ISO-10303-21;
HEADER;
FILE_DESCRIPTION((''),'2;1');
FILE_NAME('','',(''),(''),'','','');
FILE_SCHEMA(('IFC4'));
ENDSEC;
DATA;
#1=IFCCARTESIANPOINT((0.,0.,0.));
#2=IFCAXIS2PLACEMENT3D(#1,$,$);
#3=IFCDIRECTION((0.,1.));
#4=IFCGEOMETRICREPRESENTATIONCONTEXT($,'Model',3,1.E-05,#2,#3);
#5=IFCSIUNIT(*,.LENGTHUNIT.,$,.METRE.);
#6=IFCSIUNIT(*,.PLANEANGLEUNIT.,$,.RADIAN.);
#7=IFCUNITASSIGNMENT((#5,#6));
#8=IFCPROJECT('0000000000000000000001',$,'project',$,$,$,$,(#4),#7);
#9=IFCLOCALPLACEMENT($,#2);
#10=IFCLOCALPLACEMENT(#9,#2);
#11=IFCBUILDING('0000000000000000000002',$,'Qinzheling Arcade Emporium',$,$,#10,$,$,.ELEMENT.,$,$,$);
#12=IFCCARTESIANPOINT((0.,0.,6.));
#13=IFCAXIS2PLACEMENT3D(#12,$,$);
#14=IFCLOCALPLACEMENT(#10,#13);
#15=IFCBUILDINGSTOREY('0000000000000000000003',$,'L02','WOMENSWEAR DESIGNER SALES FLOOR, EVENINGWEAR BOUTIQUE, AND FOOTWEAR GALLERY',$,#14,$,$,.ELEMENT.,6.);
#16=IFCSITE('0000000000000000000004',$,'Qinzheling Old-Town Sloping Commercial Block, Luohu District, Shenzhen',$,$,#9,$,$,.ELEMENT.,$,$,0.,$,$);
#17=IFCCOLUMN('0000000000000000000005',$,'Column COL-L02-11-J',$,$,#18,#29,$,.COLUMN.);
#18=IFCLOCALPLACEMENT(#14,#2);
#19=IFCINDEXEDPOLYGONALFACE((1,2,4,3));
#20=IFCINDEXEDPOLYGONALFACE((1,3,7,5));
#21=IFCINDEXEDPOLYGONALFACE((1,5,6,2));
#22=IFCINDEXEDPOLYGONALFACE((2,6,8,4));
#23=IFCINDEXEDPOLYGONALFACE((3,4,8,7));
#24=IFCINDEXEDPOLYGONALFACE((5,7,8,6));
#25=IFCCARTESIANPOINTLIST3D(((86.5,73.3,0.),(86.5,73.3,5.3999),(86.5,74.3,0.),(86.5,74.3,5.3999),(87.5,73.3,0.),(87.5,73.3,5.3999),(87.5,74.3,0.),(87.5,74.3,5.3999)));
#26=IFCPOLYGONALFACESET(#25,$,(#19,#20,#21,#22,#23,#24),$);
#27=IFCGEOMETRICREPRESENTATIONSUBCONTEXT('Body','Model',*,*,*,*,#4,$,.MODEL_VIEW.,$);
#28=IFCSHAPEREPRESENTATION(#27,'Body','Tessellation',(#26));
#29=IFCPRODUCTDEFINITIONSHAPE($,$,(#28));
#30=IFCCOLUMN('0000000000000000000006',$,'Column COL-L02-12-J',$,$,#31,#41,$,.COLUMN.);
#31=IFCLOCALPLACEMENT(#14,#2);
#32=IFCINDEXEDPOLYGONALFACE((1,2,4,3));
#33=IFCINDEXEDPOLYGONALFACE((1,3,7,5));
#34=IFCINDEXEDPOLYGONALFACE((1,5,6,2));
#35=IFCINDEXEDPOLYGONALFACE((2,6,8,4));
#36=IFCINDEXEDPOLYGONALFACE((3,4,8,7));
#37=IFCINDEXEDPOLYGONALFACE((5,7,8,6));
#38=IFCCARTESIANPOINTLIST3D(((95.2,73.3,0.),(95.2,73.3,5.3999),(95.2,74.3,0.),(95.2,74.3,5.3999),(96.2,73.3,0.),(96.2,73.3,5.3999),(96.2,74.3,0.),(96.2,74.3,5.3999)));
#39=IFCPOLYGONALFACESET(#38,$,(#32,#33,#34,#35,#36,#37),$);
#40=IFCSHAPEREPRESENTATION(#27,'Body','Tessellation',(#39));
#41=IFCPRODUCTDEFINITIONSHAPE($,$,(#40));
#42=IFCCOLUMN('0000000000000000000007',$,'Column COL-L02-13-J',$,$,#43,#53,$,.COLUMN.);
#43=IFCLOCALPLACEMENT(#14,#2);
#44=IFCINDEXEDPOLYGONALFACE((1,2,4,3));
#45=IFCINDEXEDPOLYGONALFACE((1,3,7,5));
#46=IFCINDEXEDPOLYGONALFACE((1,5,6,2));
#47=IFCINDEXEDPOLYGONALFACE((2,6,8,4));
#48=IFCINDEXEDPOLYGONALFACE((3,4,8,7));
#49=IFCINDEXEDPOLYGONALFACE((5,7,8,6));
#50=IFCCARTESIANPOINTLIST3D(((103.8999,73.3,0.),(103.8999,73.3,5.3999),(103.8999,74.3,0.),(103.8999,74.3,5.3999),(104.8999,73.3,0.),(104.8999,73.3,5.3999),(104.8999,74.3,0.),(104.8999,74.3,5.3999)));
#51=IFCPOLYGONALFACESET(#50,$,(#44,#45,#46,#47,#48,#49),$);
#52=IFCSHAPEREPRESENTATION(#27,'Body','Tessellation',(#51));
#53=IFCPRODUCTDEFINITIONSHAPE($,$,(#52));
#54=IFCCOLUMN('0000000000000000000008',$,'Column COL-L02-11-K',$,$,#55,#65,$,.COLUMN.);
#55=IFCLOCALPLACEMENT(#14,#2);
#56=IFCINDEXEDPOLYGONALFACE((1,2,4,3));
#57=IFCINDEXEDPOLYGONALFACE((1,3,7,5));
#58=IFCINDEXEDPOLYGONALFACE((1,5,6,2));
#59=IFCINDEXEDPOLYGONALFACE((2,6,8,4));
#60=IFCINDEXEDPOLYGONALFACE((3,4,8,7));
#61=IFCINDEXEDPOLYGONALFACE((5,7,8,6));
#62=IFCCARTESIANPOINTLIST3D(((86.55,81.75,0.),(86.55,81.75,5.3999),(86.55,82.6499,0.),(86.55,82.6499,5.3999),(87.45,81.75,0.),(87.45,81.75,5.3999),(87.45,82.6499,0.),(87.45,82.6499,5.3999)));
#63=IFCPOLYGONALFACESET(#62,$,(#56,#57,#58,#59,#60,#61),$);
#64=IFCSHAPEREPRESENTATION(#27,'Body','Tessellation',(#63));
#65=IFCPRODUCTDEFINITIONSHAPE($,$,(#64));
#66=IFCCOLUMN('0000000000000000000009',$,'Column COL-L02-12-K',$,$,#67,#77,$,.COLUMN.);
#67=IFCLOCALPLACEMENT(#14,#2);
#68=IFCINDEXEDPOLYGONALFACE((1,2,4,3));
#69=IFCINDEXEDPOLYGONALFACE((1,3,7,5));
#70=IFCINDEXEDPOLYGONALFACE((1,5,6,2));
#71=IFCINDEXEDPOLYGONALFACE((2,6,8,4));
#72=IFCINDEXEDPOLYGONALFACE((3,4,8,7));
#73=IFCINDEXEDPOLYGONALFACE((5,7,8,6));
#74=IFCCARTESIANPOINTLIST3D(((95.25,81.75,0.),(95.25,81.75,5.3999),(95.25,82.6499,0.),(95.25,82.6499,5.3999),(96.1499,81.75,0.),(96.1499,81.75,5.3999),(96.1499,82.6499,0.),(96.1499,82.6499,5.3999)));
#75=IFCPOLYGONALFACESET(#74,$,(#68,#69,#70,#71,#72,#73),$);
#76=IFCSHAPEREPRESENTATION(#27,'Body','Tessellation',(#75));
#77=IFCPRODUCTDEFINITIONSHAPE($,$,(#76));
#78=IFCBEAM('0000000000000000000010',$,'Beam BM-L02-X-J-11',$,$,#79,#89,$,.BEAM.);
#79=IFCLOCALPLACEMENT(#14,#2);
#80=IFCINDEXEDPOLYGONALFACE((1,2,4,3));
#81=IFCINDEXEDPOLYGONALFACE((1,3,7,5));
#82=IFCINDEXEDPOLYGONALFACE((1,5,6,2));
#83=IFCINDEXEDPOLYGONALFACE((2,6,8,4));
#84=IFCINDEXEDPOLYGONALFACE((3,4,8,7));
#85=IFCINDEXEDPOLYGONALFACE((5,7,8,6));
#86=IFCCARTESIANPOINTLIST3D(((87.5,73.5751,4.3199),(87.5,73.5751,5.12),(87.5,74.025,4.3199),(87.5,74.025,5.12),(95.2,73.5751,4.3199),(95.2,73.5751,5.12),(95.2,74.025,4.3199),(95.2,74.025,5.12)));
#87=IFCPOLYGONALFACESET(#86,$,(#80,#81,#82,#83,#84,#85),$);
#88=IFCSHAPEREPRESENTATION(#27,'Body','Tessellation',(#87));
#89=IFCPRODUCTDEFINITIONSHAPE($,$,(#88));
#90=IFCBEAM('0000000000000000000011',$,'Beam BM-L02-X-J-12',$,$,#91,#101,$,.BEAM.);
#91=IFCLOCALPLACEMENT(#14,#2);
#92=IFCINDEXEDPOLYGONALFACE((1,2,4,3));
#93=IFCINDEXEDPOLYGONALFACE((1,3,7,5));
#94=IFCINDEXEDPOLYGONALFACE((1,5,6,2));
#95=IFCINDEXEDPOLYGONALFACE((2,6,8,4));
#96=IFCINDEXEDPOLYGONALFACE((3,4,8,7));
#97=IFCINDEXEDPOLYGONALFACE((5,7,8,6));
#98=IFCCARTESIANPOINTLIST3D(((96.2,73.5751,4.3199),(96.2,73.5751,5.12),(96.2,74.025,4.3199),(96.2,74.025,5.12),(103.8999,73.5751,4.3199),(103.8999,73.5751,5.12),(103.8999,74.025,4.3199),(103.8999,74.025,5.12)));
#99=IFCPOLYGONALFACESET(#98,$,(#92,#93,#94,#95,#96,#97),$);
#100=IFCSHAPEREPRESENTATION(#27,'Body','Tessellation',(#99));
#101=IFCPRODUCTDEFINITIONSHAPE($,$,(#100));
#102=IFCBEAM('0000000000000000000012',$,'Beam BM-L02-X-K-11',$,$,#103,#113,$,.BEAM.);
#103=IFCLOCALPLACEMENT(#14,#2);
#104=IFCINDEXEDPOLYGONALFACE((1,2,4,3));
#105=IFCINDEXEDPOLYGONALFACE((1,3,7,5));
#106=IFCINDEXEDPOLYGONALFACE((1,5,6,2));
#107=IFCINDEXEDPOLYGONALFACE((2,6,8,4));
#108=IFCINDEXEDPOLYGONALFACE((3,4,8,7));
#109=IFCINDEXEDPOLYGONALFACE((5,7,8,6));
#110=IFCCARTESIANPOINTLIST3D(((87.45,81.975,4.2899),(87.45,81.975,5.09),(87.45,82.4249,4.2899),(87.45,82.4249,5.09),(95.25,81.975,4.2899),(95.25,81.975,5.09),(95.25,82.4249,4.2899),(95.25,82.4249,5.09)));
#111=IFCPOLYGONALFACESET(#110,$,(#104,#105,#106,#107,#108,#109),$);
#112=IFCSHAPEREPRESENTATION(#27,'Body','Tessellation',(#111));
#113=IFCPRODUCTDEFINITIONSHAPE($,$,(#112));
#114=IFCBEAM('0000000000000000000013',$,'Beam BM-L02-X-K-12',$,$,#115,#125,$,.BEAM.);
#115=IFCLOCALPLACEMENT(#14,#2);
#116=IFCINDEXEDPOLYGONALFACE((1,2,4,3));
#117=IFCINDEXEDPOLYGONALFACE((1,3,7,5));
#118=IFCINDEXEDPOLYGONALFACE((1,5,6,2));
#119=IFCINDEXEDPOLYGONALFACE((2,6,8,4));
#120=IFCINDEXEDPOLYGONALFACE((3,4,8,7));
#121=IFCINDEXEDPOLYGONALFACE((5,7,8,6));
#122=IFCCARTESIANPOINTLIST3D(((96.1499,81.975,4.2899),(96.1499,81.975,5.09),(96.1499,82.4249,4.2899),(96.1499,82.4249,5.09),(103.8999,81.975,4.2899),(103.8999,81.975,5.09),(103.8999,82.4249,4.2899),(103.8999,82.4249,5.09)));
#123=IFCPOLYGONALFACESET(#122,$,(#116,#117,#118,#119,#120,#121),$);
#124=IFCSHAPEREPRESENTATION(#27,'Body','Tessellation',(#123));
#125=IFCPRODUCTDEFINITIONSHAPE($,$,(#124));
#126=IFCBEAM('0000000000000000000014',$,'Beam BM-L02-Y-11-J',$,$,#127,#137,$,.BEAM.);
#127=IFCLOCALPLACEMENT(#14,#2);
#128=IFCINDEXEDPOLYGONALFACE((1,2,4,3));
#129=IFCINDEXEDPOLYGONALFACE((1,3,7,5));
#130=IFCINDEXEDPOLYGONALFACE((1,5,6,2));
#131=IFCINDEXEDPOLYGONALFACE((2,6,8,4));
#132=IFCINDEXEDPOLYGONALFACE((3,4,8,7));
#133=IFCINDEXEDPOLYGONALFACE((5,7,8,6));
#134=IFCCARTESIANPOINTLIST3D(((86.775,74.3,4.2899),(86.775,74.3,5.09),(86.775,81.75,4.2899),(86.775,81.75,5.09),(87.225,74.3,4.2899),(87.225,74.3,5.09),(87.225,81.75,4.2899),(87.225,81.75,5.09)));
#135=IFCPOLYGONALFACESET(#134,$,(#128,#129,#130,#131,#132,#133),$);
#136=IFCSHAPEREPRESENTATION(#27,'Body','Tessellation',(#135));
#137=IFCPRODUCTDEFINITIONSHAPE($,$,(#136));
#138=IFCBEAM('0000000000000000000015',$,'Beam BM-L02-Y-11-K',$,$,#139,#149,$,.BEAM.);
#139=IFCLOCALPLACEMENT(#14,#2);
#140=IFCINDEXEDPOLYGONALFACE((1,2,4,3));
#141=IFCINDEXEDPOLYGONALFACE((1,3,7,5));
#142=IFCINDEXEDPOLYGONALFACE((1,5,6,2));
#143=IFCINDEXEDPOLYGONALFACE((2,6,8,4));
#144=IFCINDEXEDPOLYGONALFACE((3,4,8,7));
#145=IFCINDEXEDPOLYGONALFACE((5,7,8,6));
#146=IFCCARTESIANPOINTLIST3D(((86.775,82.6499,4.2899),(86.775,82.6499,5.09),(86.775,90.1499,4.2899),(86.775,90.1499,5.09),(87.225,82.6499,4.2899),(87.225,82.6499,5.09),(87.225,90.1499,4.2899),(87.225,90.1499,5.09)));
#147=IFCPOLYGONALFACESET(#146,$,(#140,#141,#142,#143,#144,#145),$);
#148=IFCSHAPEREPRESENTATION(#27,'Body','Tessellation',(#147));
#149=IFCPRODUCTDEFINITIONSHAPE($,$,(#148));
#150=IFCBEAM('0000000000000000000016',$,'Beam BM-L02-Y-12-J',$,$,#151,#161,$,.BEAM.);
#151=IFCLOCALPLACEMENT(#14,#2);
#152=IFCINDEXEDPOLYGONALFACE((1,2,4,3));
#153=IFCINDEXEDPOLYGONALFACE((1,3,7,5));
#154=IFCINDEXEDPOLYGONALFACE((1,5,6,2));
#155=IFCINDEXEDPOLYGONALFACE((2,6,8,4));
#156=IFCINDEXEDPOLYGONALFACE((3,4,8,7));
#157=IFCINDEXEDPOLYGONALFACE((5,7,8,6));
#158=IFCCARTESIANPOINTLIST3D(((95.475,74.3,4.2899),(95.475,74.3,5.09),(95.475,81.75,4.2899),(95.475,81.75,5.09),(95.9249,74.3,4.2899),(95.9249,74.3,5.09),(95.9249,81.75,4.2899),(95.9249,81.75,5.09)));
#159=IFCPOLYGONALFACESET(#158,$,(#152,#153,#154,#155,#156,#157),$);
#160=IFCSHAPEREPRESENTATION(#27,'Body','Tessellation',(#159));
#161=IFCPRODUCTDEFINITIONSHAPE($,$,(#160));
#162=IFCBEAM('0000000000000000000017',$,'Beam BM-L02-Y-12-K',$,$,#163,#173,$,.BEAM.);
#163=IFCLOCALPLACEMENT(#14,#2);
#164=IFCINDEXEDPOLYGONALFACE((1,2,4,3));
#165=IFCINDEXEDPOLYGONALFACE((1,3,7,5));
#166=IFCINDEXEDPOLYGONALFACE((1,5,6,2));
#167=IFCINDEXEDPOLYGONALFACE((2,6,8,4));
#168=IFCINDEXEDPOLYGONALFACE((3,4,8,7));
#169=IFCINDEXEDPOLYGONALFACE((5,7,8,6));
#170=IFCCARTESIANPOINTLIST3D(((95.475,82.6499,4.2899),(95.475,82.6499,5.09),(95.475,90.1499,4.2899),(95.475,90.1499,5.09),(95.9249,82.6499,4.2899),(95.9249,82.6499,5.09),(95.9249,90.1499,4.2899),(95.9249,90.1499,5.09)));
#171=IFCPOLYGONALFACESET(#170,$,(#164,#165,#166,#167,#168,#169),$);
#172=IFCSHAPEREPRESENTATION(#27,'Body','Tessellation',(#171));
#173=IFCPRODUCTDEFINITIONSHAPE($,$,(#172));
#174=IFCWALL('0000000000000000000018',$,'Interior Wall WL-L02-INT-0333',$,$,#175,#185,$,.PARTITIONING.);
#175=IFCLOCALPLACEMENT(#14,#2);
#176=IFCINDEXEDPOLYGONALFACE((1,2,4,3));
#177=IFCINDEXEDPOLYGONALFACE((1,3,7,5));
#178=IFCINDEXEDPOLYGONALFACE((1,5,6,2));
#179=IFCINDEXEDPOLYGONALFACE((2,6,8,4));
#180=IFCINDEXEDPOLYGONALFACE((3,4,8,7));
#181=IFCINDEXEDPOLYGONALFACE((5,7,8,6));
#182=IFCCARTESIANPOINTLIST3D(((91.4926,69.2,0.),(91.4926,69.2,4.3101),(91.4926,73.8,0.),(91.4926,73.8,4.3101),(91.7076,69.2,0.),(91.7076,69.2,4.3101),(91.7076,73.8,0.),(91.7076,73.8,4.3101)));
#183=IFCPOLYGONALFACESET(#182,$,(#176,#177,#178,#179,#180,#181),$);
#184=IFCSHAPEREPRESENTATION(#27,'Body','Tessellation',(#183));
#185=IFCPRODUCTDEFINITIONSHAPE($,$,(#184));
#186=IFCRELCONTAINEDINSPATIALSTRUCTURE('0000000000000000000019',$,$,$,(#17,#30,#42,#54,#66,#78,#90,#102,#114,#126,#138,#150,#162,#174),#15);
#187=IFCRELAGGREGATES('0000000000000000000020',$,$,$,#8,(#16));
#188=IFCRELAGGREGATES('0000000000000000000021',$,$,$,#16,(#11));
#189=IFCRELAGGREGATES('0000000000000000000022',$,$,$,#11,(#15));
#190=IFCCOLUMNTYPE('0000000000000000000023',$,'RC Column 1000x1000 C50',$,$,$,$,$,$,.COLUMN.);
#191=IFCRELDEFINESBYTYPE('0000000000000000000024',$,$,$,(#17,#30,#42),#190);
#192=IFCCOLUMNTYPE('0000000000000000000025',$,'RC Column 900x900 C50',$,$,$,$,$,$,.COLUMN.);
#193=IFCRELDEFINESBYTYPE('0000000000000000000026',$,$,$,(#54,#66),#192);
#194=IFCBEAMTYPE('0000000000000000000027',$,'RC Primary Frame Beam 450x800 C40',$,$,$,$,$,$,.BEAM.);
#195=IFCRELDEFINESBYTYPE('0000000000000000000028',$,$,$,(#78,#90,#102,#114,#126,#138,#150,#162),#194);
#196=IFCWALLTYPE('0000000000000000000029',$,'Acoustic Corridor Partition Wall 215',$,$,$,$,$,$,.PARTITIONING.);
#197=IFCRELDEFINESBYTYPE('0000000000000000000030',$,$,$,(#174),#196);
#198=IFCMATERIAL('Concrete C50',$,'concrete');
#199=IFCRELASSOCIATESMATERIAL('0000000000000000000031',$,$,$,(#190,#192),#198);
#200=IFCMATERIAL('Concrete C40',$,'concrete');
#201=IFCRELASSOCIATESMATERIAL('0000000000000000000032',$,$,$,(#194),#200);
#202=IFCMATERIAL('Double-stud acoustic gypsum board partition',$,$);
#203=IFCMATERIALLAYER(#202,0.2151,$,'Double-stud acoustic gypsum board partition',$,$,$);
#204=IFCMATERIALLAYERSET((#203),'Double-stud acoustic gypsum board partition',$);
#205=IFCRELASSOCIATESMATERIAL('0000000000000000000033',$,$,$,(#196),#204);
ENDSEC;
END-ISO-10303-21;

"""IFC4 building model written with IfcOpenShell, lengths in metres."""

from ifc_helpers import new_model, si_unit, direction, frame, frame_2d, origin, origin_2d, place, context, subcontext, project, spatial, rectangle, extrude, material, layer, layer_set, material_profile, profile_set, type_object, element, save


model = new_model("IFC4")

# Units and contexts
model_context = context("Model", 3, precision=1e-05, world=origin(), true_north=direction((0.0, 1.0)))
body_context = subcontext(model_context, "Body", "Model", "MODEL_VIEW")
ifc_project = project(units=[si_unit("LENGTHUNIT", "METRE"), si_unit("PLANEANGLEUNIT", "RADIAN")], contexts=[model_context])

# Site, building, storey
site_placement = place(None, origin())
site = spatial("IfcSite", under=ifc_project, at=site_placement, Name="Qinzheling Old-Town Sloping Commercial Block, Luohu District, Shenzhen", CompositionType="ELEMENT", RefElevation=0.0)
building_placement = place(site_placement, origin())
building = spatial("IfcBuilding", under=site, at=building_placement, Name="Qinzheling Arcade Emporium", CompositionType="ELEMENT")
storey_placement = place(building_placement, frame((0.0, 0.0, 6.0)))
storey = spatial("IfcBuildingStorey", under=building, at=storey_placement, Name="L02", Description="WOMENSWEAR DESIGNER SALES FLOOR, EVENINGWEAR BOUTIQUE, AND FOOTWEAR GALLERY", CompositionType="ELEMENT", Elevation=6.0)

# Columns
ifc_material_1 = material(Name="Concrete C50", Category="concrete")
ifc_material_profile_1 = material_profile(ifc_material_1, rectangle(XDim=1.0, YDim=1.0, at=origin_2d()), Name="RC 1000x1000", Category="concrete")
ifc_profile_set_1 = profile_set([ifc_material_profile_1], Name="Concrete C50")
column_type_1 = type_object("IfcColumnType", Name="RC Column 1000x1000 C50", PredefinedType="COLUMN", material=ifc_profile_set_1)
for number, where, z_axis, x_axis, name in (
    (1, (87.0, 73.8, 0.0), (0.0, 0.0, 1.0), (1.0, 0.0, 0.0), "Column COL-L02-11-J"),
    (2, (95.7, 73.8, 0.0), (0.0, 0.0, 1.0), (1.0, 0.0, 0.0), "Column COL-L02-12-J"),
    (3, (104.3999, 73.8, 0.0), (0.0, 0.0, 1.0), (1.0, 0.0, 0.0), "Column COL-L02-13-J"),
):
    element("IfcColumn", number, at=place(storey_placement, frame(where, z_axis=z_axis, x_axis=x_axis)), inside=storey, type_object=column_type_1, Name=name, PredefinedType="COLUMN", context=body_context, shape_type="SweptSolid", body=[
        extrude(rectangle(XDim=1.0, YDim=1.0, at=origin_2d()), origin(), (0.0, 0.0, 1.0), 5.3999),
    ])
ifc_material_profile_2 = material_profile(ifc_material_1, rectangle(XDim=0.8999, YDim=0.8999, at=origin_2d()), Name="RC 900x900", Category="concrete")
ifc_profile_set_2 = profile_set([ifc_material_profile_2], Name="Concrete C50")
column_type_2 = type_object("IfcColumnType", Name="RC Column 900x900 C50", PredefinedType="COLUMN", material=ifc_profile_set_2)
for number, where, z_axis, x_axis, name in (
    (4, (87.0, 82.2, 0.0), (0.0, 0.0, 1.0), (1.0, 0.0, 0.0), "Column COL-L02-11-K"),
    (5, (95.7, 82.2, 0.0), (0.0, 0.0, 1.0), (1.0, 0.0, 0.0), "Column COL-L02-12-K"),
):
    element("IfcColumn", number, at=place(storey_placement, frame(where, z_axis=z_axis, x_axis=x_axis)), inside=storey, type_object=column_type_2, Name=name, PredefinedType="COLUMN", context=body_context, shape_type="SweptSolid", body=[
        extrude(rectangle(XDim=0.8999, YDim=0.8999, at=origin_2d()), origin(), (0.0, 0.0, 1.0), 5.3999),
    ])

# Beams
ifc_material_2 = material(Name="Concrete C40", Category="concrete")
ifc_material_profile_3 = material_profile(ifc_material_2, rectangle(XDim=0.45, YDim=0.8, at=origin_2d()), Name="RC 450x800", Category="concrete")
ifc_profile_set_3 = profile_set([ifc_material_profile_3], Name="Concrete C40")
beam_type = type_object("IfcBeamType", Name="RC Primary Frame Beam 450x800 C40", PredefinedType="BEAM", material=ifc_profile_set_3)
for number, where, z_axis, x_axis, name in (
    (6, (87.5, 73.8, 4.72), (1.0, 0.0, 0.0), (0.0, 1.0, 0.0), "Beam BM-L02-X-J-11"),
    (7, (96.2, 73.8, 4.72), (1.0, 0.0, 0.0), (0.0, 1.0, 0.0), "Beam BM-L02-X-J-12"),
):
    element("IfcBeam", number, at=place(storey_placement, frame(where, z_axis=z_axis, x_axis=x_axis)), inside=storey, type_object=beam_type, Name=name, PredefinedType="BEAM", context=body_context, shape_type="SweptSolid", body=[
        extrude(rectangle(XDim=0.45, YDim=0.8, at=origin_2d()), origin(), (0.0, 0.0, 1.0), 7.7),
    ])
beam_1_placement = place(storey_placement, frame((87.45, 82.2, 4.6899), z_axis=(1.0, 0.0, 0.0), x_axis=(0.0, 1.0, 0.0)))
element("IfcBeam", 8, at=beam_1_placement, inside=storey, type_object=beam_type, Name="Beam BM-L02-X-K-11", PredefinedType="BEAM", context=body_context, shape_type="SweptSolid", body=[
    extrude(rectangle(XDim=0.45, YDim=0.8, at=origin_2d()), origin(), (0.0, 0.0, 1.0), 7.8),
])
beam_2_placement = place(storey_placement, frame((96.1499, 82.2, 4.6899), z_axis=(1.0, 0.0, 0.0), x_axis=(0.0, 1.0, 0.0)))
element("IfcBeam", 9, at=beam_2_placement, inside=storey, type_object=beam_type, Name="Beam BM-L02-X-K-12", PredefinedType="BEAM", context=body_context, shape_type="SweptSolid", body=[
    extrude(rectangle(XDim=0.45, YDim=0.8, at=origin_2d()), origin(), (0.0, 0.0, 1.0), 7.75),
])
beam_3_placement = place(storey_placement, frame((87.0, 74.3, 4.6899), z_axis=(0.0, 1.0, 0.0), x_axis=(-1.0, 0.0, 0.0)))
element("IfcBeam", 10, at=beam_3_placement, inside=storey, type_object=beam_type, Name="Beam BM-L02-Y-11-J", PredefinedType="BEAM", context=body_context, shape_type="SweptSolid", body=[
    extrude(rectangle(XDim=0.45, YDim=0.8, at=origin_2d()), origin(), (0.0, 0.0, 1.0), 7.45),
])
beam_4_placement = place(storey_placement, frame((87.0, 82.6499, 4.6899), z_axis=(0.0, 1.0, 0.0), x_axis=(-1.0, 0.0, 0.0)))
element("IfcBeam", 11, at=beam_4_placement, inside=storey, type_object=beam_type, Name="Beam BM-L02-Y-11-K", PredefinedType="BEAM", context=body_context, shape_type="SweptSolid", body=[
    extrude(rectangle(XDim=0.45, YDim=0.8, at=origin_2d()), origin(), (0.0, 0.0, 1.0), 7.5),
])
beam_5_placement = place(storey_placement, frame((95.7, 74.3, 4.6899), z_axis=(0.0, 1.0, 0.0), x_axis=(-1.0, 0.0, 0.0)))
element("IfcBeam", 12, at=beam_5_placement, inside=storey, type_object=beam_type, Name="Beam BM-L02-Y-12-J", PredefinedType="BEAM", context=body_context, shape_type="SweptSolid", body=[
    extrude(rectangle(XDim=0.45, YDim=0.8, at=origin_2d()), origin(), (0.0, 0.0, 1.0), 7.45),
])
beam_6_placement = place(storey_placement, frame((95.7, 82.6499, 4.6899), z_axis=(0.0, 1.0, 0.0), x_axis=(-1.0, 0.0, 0.0)))
element("IfcBeam", 13, at=beam_6_placement, inside=storey, type_object=beam_type, Name="Beam BM-L02-Y-12-K", PredefinedType="BEAM", context=body_context, shape_type="SweptSolid", body=[
    extrude(rectangle(XDim=0.45, YDim=0.8, at=origin_2d()), origin(), (0.0, 0.0, 1.0), 7.5),
])

# Wall
ifc_material_3 = material(Name="Double-stud acoustic gypsum board partition")
ifc_layer_1 = layer(ifc_material_3, 0.2151, Name="Double-stud acoustic gypsum board partition")
ifc_layer_set_1 = layer_set([ifc_layer_1], Name="Double-stud acoustic gypsum board partition")
wall_type_1 = type_object("IfcWallType", Name="Acoustic Corridor Partition Wall 215", PredefinedType="PARTITIONING", material=ifc_layer_set_1)
wall_1_placement = place(storey_placement, frame((91.6001, 73.8, 0.0), z_axis=(0.0, 0.0, 1.0), x_axis=(0.0, -1.0, 0.0)))
element("IfcWall", 14, at=wall_1_placement, inside=storey, type_object=wall_type_1, Name="Interior Wall WL-L02-INT-0333", PredefinedType="PARTITIONING", context=body_context, shape_type="SweptSolid", body=[
    extrude(rectangle(XDim=4.6001, YDim=0.2151, at=frame_2d((2.3, 0.0))), origin(), (0.0, 0.0, 1.0), 4.3101),
])

save(model, "model.ifc")
